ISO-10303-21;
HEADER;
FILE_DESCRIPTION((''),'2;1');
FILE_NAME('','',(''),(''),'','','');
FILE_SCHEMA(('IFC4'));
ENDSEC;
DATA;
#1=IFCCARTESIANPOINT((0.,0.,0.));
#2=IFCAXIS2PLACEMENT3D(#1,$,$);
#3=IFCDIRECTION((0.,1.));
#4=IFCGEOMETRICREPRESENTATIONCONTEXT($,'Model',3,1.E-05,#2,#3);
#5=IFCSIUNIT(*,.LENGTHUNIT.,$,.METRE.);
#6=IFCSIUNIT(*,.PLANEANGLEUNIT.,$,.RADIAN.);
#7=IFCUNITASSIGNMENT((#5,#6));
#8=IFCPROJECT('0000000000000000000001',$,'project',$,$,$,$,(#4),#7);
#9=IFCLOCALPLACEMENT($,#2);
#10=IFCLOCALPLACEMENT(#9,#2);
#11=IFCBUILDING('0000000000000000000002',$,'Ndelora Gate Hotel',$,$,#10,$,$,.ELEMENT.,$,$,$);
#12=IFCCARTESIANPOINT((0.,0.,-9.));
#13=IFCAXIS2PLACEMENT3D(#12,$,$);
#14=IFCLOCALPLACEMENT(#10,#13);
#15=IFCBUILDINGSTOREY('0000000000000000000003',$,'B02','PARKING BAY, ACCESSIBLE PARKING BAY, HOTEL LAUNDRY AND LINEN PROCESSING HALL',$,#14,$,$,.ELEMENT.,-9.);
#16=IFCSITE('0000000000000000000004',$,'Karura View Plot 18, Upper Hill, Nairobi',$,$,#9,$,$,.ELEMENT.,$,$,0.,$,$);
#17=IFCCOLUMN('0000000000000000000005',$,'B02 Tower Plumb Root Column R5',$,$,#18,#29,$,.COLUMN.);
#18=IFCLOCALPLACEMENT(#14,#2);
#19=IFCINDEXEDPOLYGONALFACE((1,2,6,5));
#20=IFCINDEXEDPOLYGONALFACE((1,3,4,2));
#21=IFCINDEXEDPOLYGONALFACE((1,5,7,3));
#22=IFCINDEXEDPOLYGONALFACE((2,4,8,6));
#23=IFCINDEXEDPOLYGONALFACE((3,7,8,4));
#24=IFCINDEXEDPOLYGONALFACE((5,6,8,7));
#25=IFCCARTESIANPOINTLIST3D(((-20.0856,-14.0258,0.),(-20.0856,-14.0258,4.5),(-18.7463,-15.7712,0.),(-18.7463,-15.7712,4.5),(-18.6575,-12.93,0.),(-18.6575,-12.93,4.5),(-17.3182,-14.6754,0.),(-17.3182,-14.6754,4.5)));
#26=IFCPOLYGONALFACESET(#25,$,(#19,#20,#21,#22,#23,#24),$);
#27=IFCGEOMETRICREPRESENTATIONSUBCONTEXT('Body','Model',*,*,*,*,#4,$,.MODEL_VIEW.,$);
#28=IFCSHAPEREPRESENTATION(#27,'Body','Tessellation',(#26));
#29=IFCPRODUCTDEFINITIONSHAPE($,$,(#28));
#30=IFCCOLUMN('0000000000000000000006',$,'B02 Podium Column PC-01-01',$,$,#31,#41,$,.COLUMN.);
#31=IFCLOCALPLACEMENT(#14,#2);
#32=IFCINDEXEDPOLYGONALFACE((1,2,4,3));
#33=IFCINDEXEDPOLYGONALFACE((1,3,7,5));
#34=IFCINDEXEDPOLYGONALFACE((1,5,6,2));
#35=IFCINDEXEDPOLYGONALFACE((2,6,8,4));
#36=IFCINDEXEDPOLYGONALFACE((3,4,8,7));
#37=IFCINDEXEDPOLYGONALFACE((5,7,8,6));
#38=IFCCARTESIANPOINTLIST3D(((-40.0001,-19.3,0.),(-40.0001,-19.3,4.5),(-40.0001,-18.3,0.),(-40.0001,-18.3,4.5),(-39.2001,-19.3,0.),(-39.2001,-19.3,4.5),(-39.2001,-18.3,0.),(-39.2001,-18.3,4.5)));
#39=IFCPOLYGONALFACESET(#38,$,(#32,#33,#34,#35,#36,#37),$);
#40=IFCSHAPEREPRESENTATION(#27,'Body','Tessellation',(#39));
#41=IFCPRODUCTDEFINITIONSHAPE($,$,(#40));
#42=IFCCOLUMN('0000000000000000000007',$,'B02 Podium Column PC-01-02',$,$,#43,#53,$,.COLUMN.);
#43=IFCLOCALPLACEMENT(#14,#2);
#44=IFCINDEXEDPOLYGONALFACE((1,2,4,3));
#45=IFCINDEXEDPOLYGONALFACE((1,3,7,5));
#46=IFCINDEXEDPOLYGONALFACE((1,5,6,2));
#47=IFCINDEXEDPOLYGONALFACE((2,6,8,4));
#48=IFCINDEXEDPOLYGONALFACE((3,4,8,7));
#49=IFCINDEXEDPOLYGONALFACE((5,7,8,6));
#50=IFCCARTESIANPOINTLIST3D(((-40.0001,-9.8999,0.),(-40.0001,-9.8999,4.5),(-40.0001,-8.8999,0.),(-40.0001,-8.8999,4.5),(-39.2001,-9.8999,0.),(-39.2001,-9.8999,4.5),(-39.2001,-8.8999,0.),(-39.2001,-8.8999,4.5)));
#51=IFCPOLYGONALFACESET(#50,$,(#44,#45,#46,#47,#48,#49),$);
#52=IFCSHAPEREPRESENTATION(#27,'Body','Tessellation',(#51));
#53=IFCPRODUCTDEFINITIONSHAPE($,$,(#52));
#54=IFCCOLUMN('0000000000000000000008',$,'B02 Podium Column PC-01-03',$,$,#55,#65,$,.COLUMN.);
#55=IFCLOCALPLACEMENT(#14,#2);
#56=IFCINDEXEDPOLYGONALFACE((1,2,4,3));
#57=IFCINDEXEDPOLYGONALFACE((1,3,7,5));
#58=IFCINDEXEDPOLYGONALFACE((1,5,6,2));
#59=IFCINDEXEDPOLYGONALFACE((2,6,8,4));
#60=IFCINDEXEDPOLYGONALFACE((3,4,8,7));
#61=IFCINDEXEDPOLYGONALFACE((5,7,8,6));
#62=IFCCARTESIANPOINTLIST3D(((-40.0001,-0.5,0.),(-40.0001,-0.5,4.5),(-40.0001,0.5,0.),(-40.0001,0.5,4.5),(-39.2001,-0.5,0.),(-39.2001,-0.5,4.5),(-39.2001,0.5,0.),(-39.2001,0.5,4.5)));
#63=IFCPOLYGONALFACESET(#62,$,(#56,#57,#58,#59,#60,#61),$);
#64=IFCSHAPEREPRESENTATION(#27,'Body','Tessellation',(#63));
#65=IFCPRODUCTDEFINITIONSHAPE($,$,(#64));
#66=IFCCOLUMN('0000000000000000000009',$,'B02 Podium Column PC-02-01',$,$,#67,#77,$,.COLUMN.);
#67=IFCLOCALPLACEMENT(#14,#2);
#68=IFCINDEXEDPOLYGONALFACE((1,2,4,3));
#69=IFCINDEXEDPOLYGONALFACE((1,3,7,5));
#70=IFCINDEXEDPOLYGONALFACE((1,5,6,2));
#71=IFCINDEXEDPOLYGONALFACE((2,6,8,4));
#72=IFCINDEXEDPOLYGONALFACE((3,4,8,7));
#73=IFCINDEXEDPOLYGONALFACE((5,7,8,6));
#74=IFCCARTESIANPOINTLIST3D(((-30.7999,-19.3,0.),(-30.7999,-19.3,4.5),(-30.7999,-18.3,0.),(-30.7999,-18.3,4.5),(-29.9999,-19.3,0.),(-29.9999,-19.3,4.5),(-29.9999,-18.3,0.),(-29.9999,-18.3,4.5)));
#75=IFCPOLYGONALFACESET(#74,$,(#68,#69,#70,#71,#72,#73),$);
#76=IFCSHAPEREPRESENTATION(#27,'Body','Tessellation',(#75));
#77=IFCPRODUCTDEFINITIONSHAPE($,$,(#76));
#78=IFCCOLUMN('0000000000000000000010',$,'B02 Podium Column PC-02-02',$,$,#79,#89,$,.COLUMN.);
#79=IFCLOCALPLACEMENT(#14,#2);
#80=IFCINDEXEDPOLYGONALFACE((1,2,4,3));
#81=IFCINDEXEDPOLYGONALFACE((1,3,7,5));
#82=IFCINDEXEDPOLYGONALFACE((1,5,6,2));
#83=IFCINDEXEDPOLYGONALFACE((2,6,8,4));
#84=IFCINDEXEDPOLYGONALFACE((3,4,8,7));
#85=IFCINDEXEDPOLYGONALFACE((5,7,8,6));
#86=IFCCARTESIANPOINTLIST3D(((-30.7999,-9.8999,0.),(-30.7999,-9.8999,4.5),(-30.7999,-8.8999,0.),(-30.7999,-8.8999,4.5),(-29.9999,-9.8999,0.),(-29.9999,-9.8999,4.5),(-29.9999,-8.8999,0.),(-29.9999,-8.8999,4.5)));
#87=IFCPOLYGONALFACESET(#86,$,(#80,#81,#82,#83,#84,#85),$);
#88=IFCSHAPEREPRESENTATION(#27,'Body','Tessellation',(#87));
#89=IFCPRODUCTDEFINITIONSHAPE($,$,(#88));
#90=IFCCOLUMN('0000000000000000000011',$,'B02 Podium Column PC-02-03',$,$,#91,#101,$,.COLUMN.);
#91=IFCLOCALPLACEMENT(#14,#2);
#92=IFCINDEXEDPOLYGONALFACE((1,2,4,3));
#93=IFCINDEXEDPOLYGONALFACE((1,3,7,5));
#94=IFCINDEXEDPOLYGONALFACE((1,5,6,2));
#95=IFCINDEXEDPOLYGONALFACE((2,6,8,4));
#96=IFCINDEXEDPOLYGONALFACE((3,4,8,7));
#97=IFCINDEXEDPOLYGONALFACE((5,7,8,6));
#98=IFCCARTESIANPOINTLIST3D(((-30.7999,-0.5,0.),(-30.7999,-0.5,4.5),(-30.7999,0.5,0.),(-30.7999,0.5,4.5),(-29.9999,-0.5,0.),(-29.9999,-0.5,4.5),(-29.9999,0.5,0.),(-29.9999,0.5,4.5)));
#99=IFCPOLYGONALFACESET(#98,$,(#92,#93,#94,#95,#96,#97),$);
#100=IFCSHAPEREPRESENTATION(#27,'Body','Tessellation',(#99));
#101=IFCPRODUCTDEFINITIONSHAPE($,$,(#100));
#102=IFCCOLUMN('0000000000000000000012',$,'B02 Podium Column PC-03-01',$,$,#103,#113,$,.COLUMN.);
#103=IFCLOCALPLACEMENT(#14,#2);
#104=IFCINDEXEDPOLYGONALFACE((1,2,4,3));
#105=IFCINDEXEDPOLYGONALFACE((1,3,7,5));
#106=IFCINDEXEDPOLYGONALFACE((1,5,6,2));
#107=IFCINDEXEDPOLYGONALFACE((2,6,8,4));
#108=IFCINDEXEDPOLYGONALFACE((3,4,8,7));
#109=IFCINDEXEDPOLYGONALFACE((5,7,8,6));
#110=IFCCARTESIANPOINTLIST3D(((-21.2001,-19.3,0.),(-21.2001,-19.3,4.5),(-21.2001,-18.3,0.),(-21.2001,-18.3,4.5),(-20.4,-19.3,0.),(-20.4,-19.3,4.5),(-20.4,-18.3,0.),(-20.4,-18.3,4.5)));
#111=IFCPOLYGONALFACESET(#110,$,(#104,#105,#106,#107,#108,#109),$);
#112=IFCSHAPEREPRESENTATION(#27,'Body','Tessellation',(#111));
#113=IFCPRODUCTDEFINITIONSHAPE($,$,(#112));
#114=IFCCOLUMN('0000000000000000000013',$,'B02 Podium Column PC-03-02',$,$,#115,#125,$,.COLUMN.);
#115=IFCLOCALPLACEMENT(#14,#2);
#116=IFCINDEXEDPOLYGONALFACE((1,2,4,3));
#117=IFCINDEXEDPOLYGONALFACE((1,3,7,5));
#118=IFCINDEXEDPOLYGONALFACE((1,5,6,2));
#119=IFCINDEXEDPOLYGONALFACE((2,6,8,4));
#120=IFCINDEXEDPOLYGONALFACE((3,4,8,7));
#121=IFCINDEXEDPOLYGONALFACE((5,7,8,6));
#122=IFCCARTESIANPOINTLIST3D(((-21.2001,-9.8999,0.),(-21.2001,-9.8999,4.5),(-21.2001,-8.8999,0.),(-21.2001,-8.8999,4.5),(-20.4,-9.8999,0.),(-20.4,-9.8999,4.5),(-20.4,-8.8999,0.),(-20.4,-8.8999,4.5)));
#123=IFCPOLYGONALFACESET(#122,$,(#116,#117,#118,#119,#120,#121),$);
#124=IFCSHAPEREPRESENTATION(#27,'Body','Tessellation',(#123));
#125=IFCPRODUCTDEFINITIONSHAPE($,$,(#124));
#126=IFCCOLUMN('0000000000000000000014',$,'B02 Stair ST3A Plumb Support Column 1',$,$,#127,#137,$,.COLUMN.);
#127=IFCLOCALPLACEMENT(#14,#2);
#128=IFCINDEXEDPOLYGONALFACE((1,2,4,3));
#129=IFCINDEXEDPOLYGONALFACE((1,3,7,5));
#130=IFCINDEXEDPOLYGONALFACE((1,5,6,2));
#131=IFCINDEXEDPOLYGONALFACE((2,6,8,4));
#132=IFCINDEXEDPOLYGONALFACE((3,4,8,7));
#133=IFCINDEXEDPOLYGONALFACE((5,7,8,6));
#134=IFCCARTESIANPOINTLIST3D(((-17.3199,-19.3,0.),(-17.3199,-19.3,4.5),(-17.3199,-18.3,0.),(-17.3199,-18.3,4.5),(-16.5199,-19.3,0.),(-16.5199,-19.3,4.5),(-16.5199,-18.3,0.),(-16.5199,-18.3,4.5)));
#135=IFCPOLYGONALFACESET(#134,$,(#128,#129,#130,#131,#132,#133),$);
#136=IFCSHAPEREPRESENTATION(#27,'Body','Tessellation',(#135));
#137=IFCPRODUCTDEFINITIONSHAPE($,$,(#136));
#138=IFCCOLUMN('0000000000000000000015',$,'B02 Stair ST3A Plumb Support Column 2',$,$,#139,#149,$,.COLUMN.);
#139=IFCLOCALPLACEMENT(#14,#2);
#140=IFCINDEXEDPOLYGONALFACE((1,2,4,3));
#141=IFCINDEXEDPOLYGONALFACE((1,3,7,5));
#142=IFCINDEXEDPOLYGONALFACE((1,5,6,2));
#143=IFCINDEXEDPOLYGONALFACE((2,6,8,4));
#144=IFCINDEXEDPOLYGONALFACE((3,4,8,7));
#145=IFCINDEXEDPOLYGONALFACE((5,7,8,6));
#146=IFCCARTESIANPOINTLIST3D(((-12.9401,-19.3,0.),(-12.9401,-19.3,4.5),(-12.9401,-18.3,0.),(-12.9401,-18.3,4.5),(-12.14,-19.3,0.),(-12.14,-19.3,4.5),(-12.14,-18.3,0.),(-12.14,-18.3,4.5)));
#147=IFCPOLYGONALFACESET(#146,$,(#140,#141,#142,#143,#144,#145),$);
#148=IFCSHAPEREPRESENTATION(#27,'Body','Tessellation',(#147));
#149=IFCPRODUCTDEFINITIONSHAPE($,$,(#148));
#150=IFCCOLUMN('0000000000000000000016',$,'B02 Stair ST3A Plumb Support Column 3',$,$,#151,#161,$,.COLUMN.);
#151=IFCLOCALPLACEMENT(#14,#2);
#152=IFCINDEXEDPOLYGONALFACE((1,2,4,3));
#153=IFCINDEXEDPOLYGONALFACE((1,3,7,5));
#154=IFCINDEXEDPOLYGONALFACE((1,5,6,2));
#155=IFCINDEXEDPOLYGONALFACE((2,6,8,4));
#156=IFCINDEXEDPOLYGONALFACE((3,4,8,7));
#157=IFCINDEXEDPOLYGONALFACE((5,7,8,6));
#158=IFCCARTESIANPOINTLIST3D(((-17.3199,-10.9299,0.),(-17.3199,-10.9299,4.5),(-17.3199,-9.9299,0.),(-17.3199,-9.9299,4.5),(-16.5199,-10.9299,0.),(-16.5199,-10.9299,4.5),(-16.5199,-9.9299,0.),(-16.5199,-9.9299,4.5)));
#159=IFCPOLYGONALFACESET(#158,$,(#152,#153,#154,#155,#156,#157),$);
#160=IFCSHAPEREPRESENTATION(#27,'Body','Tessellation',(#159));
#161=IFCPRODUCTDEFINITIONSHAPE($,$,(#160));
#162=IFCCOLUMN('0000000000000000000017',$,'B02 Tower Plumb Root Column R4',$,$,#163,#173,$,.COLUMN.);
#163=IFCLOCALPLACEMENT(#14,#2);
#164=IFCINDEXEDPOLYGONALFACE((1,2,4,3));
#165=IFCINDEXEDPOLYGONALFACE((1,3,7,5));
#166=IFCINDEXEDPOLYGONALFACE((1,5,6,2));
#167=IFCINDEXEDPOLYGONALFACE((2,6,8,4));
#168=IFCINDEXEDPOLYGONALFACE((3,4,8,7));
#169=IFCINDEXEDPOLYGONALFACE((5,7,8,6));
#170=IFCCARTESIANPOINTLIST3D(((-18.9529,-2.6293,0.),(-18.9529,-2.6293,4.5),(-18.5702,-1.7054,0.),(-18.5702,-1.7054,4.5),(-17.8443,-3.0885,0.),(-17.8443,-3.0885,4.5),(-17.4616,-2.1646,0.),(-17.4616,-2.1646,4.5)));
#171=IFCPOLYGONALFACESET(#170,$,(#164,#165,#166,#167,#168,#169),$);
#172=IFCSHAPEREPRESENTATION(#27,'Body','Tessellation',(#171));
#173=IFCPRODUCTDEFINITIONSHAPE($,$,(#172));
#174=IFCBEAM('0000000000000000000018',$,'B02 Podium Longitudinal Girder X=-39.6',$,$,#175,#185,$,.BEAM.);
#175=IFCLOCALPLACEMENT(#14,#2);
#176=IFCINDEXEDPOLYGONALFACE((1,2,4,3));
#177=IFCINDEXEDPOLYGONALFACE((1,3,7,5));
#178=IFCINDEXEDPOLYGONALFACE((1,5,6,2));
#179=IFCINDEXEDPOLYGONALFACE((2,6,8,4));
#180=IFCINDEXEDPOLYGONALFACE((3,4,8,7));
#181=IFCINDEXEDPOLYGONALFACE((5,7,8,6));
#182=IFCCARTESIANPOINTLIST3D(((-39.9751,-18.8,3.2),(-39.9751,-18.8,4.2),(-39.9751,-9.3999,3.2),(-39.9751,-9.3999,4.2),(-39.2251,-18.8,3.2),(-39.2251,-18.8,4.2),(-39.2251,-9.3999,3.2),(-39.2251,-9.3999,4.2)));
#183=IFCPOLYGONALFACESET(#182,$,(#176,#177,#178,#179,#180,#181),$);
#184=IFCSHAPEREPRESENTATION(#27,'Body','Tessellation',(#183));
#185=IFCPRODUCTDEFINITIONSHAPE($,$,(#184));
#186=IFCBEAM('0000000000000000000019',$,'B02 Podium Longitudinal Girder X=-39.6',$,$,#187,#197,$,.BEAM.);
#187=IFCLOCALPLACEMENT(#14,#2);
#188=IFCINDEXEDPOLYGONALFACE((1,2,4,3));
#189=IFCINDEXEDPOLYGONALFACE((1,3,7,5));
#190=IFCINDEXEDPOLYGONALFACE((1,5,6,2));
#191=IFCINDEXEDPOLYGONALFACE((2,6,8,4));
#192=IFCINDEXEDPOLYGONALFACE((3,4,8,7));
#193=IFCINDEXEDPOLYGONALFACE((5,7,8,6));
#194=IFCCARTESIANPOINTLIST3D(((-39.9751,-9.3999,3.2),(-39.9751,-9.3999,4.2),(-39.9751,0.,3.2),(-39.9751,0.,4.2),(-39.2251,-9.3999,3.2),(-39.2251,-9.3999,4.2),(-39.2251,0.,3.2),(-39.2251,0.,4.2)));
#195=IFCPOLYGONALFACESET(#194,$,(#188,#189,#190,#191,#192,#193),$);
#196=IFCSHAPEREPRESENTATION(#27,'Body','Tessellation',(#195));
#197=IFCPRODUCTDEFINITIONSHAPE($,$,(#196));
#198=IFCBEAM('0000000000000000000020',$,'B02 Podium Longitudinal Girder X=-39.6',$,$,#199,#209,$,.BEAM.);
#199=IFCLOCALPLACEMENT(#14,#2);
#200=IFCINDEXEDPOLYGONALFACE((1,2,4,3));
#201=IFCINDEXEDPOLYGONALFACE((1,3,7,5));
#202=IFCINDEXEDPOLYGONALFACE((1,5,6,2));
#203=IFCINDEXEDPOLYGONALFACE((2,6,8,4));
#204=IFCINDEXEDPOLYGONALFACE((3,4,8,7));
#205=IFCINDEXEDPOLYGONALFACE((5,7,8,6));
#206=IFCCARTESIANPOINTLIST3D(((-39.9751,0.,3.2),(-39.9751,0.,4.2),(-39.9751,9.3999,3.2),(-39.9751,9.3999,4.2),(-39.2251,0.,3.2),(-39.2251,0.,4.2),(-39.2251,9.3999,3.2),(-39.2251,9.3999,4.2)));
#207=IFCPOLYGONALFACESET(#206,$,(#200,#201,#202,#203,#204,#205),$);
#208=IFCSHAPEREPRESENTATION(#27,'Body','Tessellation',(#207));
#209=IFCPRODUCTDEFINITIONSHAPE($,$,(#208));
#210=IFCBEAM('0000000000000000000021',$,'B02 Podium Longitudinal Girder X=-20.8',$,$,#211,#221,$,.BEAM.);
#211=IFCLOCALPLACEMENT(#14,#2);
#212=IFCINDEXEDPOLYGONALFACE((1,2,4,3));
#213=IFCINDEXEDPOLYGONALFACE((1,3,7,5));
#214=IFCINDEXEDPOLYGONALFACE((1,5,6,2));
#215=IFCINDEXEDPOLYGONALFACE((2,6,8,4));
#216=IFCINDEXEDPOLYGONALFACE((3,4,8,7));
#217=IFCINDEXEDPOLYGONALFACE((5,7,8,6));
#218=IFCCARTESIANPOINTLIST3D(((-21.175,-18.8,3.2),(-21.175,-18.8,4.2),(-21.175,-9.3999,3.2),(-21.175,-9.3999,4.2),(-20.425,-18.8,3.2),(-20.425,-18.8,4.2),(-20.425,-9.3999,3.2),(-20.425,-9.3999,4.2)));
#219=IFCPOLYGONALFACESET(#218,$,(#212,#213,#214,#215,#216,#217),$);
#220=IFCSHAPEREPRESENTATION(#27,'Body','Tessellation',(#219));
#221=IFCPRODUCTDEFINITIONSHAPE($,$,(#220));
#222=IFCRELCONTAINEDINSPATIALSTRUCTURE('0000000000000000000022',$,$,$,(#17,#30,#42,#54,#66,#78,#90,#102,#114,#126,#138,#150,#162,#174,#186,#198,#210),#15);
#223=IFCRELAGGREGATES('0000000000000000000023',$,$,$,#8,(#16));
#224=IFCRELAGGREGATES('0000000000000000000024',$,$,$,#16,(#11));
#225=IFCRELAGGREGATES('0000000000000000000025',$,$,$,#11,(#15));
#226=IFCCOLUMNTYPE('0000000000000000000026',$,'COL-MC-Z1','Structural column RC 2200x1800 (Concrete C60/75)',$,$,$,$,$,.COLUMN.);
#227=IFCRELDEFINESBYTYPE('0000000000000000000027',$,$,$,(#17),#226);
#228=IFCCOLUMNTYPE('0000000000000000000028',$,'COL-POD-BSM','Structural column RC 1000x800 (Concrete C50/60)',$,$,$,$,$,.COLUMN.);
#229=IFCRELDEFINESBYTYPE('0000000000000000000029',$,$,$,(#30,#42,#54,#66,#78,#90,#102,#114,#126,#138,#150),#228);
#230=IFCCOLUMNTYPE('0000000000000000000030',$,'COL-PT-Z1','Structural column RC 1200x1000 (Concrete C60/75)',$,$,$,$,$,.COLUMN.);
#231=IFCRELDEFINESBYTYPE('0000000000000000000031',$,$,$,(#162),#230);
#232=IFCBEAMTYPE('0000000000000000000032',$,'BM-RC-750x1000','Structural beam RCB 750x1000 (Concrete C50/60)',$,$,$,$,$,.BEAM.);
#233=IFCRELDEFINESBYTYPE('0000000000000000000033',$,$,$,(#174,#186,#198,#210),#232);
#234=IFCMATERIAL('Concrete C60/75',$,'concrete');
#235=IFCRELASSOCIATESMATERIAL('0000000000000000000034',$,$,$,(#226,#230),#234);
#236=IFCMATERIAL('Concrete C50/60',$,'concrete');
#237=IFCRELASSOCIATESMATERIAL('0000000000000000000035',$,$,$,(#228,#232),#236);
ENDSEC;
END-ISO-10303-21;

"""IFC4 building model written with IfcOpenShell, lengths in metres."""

from ifc_helpers import new_model, si_unit, direction, frame, origin, origin_2d, place, context, subcontext, project, spatial, rectangle, extrude, material, material_profile, profile_set, type_object, element, save


model = new_model("IFC4")

# Units and contexts
model_context = context("Model", 3, precision=1e-05, world=origin(), true_north=direction((0.0, 1.0)))
body_context = subcontext(model_context, "Body", "Model", "MODEL_VIEW")
ifc_project = project(units=[si_unit("LENGTHUNIT", "METRE"), si_unit("PLANEANGLEUNIT", "RADIAN")], contexts=[model_context])

# Site, building, storey
site_placement = place(None, origin())
site = spatial("IfcSite", under=ifc_project, at=site_placement, Name="Karura View Plot 18, Upper Hill, Nairobi", CompositionType="ELEMENT", RefElevation=0.0)
building_placement = place(site_placement, origin())
building = spatial("IfcBuilding", under=site, at=building_placement, Name="Ndelora Gate Hotel", CompositionType="ELEMENT")
storey_placement = place(building_placement, frame((0.0, 0.0, -9.0)))
storey = spatial("IfcBuildingStorey", under=building, at=storey_placement, Name="B02", Description="PARKING BAY, ACCESSIBLE PARKING BAY, HOTEL LAUNDRY AND LINEN PROCESSING HALL", CompositionType="ELEMENT", Elevation=-9.0)

# Columns
ifc_material_1 = material(Name="Concrete C60/75", Category="concrete")
ifc_material_profile_1 = material_profile(ifc_material_1, rectangle(XDim=1.8, YDim=2.2, at=origin_2d()), Name="RC 2200x1800")
ifc_profile_set_1 = profile_set([ifc_material_profile_1], Name="Concrete C60/75")
column_type_1 = type_object("IfcColumnType", Name="COL-MC-Z1", Description="Structural column RC 2200x1800 (Concrete C60/75)", PredefinedType="COLUMN", material=ifc_profile_set_1)
column_1_placement = place(storey_placement, frame((-18.7019, -14.3506, 0.0), z_axis=(0.0, 0.0, 1.0), x_axis=(0.793353, 0.608761, 0.0)))
element("IfcColumn", 1, at=column_1_placement, inside=storey, type_object=column_type_1, Name="B02 Tower Plumb Root Column R5", PredefinedType="COLUMN", context=body_context, shape_type="SweptSolid", body=[
    extrude(rectangle(XDim=1.8, YDim=2.2, at=origin_2d()), origin(), (0.0, 0.0, 1.0), 4.5),
])
ifc_material_2 = material(Name="Concrete C50/60", Category="concrete")
ifc_material_profile_2 = material_profile(ifc_material_2, rectangle(XDim=0.8, YDim=1.0, at=origin_2d()), Name="RC 1000x800")
ifc_profile_set_2 = profile_set([ifc_material_profile_2], Name="Concrete C50/60")
column_type_2 = type_object("IfcColumnType", Name="COL-POD-BSM", Description="Structural column RC 1000x800 (Concrete C50/60)", PredefinedType="COLUMN", material=ifc_profile_set_2)
for number, where, z_axis, x_axis, name in (
    (2, (-39.6001, -18.8, 0.0), (0.0, 0.0, 1.0), (1.0, 0.0, 0.0), "B02 Podium Column PC-01-01"),
    (3, (-39.6001, -9.3999, 0.0), (0.0, 0.0, 1.0), (1.0, 0.0, 0.0), "B02 Podium Column PC-01-02"),
    (4, (-39.6001, 0.0, 0.0), (0.0, 0.0, 1.0), (1.0, 0.0, 0.0), "B02 Podium Column PC-01-03"),
    (5, (-30.3999, -18.8, 0.0), (0.0, 0.0, 1.0), (1.0, 0.0, 0.0), "B02 Podium Column PC-02-01"),
    (6, (-30.3999, -9.3999, 0.0), (0.0, 0.0, 1.0), (1.0, 0.0, 0.0), "B02 Podium Column PC-02-02"),
    (7, (-30.3999, 0.0, 0.0), (0.0, 0.0, 1.0), (1.0, 0.0, 0.0), "B02 Podium Column PC-02-03"),
    (8, (-20.8, -18.8, 0.0), (0.0, 0.0, 1.0), (1.0, 0.0, 0.0), "B02 Podium Column PC-03-01"),
    (9, (-20.8, -9.3999, 0.0), (0.0, 0.0, 1.0), (1.0, 0.0, 0.0), "B02 Podium Column PC-03-02"),
    (10, (-16.9199, -18.8, 0.0), (0.0, 0.0, 1.0), (1.0, 0.0, 0.0), "B02 Stair ST3A Plumb Support Column 1"),
    (11, (-12.54, -18.8, 0.0), (0.0, 0.0, 1.0), (1.0, 0.0, 0.0), "B02 Stair ST3A Plumb Support Column 2"),
    (12, (-16.9199, -10.4299, 0.0), (0.0, 0.0, 1.0), (1.0, 0.0, 0.0), "B02 Stair ST3A Plumb Support Column 3"),
):
    element("IfcColumn", number, at=place(storey_placement, frame(where, z_axis=z_axis, x_axis=x_axis)), inside=storey, type_object=column_type_2, Name=name, PredefinedType="COLUMN", context=body_context, shape_type="SweptSolid", body=[
        extrude(rectangle(XDim=0.8, YDim=1.0, at=origin_2d()), origin(), (0.0, 0.0, 1.0), 4.5),
    ])
ifc_material_profile_3 = material_profile(ifc_material_1, rectangle(XDim=1.0, YDim=1.2, at=origin_2d()), Name="RC 1200x1000")
ifc_profile_set_3 = profile_set([ifc_material_profile_3], Name="Concrete C60/75")
column_type_3 = type_object("IfcColumnType", Name="COL-PT-Z1", Description="Structural column RC 1200x1000 (Concrete C60/75)", PredefinedType="COLUMN", material=ifc_profile_set_3)
column_2_placement = place(storey_placement, frame((-18.2073, -2.397, 0.0), z_axis=(0.0, 0.0, 1.0), x_axis=(0.382683, 0.92388, 0.0)))
element("IfcColumn", 13, at=column_2_placement, inside=storey, type_object=column_type_3, Name="B02 Tower Plumb Root Column R4", PredefinedType="COLUMN", context=body_context, shape_type="SweptSolid", body=[
    extrude(rectangle(XDim=1.0, YDim=1.2, at=origin_2d()), origin(), (0.0, 0.0, 1.0), 4.5),
])

# Beams
ifc_material_profile_4 = material_profile(ifc_material_2, rectangle(XDim=0.75, YDim=1.0, at=origin_2d()), Name="RCB 750x1000")
ifc_profile_set_4 = profile_set([ifc_material_profile_4], Name="Concrete C50/60")
beam_type = type_object("IfcBeamType", Name="BM-RC-750x1000", Description="Structural beam RCB 750x1000 (Concrete C50/60)", PredefinedType="BEAM", material=ifc_profile_set_4)
beam_1_placement = place(storey_placement, frame((-39.6001, -18.8, 3.7), z_axis=(0.0, 1.0, 0.0), x_axis=(-1.0, 0.0, 0.0)))
element("IfcBeam", 14, at=beam_1_placement, inside=storey, type_object=beam_type, Name="B02 Podium Longitudinal Girder X=-39.6", PredefinedType="BEAM", context=body_context, shape_type="SweptSolid", body=[
    extrude(rectangle(XDim=0.75, YDim=1.0, at=origin_2d()), origin(), (0.0, 0.0, 1.0), 9.4001),
])
for number, where, z_axis, x_axis, name in (
    (15, (-39.6001, -9.3999, 3.7), (0.0, 1.0, 0.0), (-1.0, 0.0, 0.0), "B02 Podium Longitudinal Girder X=-39.6"),
    (16, (-39.6001, 0.0, 3.7), (0.0, 1.0, 0.0), (-1.0, 0.0, 0.0), "B02 Podium Longitudinal Girder X=-39.6"),
):
    element("IfcBeam", number, at=place(storey_placement, frame(where, z_axis=z_axis, x_axis=x_axis)), inside=storey, type_object=beam_type, Name=name, PredefinedType="BEAM", context=body_context, shape_type="SweptSolid", body=[
        extrude(rectangle(XDim=0.75, YDim=1.0, at=origin_2d()), origin(), (0.0, 0.0, 1.0), 9.3999),
    ])
beam_2_placement = place(storey_placement, frame((-20.8, -18.8, 3.7), z_axis=(0.0, 1.0, 0.0), x_axis=(-1.0, 0.0, 0.0)))
element("IfcBeam", 17, at=beam_2_placement, inside=storey, type_object=beam_type, Name="B02 Podium Longitudinal Girder X=-20.8", PredefinedType="BEAM", context=body_context, shape_type="SweptSolid", body=[
    extrude(rectangle(XDim=0.75, YDim=1.0, at=origin_2d()), origin(), (0.0, 0.0, 1.0), 9.4001),
])

save(model, "model.ifc")
